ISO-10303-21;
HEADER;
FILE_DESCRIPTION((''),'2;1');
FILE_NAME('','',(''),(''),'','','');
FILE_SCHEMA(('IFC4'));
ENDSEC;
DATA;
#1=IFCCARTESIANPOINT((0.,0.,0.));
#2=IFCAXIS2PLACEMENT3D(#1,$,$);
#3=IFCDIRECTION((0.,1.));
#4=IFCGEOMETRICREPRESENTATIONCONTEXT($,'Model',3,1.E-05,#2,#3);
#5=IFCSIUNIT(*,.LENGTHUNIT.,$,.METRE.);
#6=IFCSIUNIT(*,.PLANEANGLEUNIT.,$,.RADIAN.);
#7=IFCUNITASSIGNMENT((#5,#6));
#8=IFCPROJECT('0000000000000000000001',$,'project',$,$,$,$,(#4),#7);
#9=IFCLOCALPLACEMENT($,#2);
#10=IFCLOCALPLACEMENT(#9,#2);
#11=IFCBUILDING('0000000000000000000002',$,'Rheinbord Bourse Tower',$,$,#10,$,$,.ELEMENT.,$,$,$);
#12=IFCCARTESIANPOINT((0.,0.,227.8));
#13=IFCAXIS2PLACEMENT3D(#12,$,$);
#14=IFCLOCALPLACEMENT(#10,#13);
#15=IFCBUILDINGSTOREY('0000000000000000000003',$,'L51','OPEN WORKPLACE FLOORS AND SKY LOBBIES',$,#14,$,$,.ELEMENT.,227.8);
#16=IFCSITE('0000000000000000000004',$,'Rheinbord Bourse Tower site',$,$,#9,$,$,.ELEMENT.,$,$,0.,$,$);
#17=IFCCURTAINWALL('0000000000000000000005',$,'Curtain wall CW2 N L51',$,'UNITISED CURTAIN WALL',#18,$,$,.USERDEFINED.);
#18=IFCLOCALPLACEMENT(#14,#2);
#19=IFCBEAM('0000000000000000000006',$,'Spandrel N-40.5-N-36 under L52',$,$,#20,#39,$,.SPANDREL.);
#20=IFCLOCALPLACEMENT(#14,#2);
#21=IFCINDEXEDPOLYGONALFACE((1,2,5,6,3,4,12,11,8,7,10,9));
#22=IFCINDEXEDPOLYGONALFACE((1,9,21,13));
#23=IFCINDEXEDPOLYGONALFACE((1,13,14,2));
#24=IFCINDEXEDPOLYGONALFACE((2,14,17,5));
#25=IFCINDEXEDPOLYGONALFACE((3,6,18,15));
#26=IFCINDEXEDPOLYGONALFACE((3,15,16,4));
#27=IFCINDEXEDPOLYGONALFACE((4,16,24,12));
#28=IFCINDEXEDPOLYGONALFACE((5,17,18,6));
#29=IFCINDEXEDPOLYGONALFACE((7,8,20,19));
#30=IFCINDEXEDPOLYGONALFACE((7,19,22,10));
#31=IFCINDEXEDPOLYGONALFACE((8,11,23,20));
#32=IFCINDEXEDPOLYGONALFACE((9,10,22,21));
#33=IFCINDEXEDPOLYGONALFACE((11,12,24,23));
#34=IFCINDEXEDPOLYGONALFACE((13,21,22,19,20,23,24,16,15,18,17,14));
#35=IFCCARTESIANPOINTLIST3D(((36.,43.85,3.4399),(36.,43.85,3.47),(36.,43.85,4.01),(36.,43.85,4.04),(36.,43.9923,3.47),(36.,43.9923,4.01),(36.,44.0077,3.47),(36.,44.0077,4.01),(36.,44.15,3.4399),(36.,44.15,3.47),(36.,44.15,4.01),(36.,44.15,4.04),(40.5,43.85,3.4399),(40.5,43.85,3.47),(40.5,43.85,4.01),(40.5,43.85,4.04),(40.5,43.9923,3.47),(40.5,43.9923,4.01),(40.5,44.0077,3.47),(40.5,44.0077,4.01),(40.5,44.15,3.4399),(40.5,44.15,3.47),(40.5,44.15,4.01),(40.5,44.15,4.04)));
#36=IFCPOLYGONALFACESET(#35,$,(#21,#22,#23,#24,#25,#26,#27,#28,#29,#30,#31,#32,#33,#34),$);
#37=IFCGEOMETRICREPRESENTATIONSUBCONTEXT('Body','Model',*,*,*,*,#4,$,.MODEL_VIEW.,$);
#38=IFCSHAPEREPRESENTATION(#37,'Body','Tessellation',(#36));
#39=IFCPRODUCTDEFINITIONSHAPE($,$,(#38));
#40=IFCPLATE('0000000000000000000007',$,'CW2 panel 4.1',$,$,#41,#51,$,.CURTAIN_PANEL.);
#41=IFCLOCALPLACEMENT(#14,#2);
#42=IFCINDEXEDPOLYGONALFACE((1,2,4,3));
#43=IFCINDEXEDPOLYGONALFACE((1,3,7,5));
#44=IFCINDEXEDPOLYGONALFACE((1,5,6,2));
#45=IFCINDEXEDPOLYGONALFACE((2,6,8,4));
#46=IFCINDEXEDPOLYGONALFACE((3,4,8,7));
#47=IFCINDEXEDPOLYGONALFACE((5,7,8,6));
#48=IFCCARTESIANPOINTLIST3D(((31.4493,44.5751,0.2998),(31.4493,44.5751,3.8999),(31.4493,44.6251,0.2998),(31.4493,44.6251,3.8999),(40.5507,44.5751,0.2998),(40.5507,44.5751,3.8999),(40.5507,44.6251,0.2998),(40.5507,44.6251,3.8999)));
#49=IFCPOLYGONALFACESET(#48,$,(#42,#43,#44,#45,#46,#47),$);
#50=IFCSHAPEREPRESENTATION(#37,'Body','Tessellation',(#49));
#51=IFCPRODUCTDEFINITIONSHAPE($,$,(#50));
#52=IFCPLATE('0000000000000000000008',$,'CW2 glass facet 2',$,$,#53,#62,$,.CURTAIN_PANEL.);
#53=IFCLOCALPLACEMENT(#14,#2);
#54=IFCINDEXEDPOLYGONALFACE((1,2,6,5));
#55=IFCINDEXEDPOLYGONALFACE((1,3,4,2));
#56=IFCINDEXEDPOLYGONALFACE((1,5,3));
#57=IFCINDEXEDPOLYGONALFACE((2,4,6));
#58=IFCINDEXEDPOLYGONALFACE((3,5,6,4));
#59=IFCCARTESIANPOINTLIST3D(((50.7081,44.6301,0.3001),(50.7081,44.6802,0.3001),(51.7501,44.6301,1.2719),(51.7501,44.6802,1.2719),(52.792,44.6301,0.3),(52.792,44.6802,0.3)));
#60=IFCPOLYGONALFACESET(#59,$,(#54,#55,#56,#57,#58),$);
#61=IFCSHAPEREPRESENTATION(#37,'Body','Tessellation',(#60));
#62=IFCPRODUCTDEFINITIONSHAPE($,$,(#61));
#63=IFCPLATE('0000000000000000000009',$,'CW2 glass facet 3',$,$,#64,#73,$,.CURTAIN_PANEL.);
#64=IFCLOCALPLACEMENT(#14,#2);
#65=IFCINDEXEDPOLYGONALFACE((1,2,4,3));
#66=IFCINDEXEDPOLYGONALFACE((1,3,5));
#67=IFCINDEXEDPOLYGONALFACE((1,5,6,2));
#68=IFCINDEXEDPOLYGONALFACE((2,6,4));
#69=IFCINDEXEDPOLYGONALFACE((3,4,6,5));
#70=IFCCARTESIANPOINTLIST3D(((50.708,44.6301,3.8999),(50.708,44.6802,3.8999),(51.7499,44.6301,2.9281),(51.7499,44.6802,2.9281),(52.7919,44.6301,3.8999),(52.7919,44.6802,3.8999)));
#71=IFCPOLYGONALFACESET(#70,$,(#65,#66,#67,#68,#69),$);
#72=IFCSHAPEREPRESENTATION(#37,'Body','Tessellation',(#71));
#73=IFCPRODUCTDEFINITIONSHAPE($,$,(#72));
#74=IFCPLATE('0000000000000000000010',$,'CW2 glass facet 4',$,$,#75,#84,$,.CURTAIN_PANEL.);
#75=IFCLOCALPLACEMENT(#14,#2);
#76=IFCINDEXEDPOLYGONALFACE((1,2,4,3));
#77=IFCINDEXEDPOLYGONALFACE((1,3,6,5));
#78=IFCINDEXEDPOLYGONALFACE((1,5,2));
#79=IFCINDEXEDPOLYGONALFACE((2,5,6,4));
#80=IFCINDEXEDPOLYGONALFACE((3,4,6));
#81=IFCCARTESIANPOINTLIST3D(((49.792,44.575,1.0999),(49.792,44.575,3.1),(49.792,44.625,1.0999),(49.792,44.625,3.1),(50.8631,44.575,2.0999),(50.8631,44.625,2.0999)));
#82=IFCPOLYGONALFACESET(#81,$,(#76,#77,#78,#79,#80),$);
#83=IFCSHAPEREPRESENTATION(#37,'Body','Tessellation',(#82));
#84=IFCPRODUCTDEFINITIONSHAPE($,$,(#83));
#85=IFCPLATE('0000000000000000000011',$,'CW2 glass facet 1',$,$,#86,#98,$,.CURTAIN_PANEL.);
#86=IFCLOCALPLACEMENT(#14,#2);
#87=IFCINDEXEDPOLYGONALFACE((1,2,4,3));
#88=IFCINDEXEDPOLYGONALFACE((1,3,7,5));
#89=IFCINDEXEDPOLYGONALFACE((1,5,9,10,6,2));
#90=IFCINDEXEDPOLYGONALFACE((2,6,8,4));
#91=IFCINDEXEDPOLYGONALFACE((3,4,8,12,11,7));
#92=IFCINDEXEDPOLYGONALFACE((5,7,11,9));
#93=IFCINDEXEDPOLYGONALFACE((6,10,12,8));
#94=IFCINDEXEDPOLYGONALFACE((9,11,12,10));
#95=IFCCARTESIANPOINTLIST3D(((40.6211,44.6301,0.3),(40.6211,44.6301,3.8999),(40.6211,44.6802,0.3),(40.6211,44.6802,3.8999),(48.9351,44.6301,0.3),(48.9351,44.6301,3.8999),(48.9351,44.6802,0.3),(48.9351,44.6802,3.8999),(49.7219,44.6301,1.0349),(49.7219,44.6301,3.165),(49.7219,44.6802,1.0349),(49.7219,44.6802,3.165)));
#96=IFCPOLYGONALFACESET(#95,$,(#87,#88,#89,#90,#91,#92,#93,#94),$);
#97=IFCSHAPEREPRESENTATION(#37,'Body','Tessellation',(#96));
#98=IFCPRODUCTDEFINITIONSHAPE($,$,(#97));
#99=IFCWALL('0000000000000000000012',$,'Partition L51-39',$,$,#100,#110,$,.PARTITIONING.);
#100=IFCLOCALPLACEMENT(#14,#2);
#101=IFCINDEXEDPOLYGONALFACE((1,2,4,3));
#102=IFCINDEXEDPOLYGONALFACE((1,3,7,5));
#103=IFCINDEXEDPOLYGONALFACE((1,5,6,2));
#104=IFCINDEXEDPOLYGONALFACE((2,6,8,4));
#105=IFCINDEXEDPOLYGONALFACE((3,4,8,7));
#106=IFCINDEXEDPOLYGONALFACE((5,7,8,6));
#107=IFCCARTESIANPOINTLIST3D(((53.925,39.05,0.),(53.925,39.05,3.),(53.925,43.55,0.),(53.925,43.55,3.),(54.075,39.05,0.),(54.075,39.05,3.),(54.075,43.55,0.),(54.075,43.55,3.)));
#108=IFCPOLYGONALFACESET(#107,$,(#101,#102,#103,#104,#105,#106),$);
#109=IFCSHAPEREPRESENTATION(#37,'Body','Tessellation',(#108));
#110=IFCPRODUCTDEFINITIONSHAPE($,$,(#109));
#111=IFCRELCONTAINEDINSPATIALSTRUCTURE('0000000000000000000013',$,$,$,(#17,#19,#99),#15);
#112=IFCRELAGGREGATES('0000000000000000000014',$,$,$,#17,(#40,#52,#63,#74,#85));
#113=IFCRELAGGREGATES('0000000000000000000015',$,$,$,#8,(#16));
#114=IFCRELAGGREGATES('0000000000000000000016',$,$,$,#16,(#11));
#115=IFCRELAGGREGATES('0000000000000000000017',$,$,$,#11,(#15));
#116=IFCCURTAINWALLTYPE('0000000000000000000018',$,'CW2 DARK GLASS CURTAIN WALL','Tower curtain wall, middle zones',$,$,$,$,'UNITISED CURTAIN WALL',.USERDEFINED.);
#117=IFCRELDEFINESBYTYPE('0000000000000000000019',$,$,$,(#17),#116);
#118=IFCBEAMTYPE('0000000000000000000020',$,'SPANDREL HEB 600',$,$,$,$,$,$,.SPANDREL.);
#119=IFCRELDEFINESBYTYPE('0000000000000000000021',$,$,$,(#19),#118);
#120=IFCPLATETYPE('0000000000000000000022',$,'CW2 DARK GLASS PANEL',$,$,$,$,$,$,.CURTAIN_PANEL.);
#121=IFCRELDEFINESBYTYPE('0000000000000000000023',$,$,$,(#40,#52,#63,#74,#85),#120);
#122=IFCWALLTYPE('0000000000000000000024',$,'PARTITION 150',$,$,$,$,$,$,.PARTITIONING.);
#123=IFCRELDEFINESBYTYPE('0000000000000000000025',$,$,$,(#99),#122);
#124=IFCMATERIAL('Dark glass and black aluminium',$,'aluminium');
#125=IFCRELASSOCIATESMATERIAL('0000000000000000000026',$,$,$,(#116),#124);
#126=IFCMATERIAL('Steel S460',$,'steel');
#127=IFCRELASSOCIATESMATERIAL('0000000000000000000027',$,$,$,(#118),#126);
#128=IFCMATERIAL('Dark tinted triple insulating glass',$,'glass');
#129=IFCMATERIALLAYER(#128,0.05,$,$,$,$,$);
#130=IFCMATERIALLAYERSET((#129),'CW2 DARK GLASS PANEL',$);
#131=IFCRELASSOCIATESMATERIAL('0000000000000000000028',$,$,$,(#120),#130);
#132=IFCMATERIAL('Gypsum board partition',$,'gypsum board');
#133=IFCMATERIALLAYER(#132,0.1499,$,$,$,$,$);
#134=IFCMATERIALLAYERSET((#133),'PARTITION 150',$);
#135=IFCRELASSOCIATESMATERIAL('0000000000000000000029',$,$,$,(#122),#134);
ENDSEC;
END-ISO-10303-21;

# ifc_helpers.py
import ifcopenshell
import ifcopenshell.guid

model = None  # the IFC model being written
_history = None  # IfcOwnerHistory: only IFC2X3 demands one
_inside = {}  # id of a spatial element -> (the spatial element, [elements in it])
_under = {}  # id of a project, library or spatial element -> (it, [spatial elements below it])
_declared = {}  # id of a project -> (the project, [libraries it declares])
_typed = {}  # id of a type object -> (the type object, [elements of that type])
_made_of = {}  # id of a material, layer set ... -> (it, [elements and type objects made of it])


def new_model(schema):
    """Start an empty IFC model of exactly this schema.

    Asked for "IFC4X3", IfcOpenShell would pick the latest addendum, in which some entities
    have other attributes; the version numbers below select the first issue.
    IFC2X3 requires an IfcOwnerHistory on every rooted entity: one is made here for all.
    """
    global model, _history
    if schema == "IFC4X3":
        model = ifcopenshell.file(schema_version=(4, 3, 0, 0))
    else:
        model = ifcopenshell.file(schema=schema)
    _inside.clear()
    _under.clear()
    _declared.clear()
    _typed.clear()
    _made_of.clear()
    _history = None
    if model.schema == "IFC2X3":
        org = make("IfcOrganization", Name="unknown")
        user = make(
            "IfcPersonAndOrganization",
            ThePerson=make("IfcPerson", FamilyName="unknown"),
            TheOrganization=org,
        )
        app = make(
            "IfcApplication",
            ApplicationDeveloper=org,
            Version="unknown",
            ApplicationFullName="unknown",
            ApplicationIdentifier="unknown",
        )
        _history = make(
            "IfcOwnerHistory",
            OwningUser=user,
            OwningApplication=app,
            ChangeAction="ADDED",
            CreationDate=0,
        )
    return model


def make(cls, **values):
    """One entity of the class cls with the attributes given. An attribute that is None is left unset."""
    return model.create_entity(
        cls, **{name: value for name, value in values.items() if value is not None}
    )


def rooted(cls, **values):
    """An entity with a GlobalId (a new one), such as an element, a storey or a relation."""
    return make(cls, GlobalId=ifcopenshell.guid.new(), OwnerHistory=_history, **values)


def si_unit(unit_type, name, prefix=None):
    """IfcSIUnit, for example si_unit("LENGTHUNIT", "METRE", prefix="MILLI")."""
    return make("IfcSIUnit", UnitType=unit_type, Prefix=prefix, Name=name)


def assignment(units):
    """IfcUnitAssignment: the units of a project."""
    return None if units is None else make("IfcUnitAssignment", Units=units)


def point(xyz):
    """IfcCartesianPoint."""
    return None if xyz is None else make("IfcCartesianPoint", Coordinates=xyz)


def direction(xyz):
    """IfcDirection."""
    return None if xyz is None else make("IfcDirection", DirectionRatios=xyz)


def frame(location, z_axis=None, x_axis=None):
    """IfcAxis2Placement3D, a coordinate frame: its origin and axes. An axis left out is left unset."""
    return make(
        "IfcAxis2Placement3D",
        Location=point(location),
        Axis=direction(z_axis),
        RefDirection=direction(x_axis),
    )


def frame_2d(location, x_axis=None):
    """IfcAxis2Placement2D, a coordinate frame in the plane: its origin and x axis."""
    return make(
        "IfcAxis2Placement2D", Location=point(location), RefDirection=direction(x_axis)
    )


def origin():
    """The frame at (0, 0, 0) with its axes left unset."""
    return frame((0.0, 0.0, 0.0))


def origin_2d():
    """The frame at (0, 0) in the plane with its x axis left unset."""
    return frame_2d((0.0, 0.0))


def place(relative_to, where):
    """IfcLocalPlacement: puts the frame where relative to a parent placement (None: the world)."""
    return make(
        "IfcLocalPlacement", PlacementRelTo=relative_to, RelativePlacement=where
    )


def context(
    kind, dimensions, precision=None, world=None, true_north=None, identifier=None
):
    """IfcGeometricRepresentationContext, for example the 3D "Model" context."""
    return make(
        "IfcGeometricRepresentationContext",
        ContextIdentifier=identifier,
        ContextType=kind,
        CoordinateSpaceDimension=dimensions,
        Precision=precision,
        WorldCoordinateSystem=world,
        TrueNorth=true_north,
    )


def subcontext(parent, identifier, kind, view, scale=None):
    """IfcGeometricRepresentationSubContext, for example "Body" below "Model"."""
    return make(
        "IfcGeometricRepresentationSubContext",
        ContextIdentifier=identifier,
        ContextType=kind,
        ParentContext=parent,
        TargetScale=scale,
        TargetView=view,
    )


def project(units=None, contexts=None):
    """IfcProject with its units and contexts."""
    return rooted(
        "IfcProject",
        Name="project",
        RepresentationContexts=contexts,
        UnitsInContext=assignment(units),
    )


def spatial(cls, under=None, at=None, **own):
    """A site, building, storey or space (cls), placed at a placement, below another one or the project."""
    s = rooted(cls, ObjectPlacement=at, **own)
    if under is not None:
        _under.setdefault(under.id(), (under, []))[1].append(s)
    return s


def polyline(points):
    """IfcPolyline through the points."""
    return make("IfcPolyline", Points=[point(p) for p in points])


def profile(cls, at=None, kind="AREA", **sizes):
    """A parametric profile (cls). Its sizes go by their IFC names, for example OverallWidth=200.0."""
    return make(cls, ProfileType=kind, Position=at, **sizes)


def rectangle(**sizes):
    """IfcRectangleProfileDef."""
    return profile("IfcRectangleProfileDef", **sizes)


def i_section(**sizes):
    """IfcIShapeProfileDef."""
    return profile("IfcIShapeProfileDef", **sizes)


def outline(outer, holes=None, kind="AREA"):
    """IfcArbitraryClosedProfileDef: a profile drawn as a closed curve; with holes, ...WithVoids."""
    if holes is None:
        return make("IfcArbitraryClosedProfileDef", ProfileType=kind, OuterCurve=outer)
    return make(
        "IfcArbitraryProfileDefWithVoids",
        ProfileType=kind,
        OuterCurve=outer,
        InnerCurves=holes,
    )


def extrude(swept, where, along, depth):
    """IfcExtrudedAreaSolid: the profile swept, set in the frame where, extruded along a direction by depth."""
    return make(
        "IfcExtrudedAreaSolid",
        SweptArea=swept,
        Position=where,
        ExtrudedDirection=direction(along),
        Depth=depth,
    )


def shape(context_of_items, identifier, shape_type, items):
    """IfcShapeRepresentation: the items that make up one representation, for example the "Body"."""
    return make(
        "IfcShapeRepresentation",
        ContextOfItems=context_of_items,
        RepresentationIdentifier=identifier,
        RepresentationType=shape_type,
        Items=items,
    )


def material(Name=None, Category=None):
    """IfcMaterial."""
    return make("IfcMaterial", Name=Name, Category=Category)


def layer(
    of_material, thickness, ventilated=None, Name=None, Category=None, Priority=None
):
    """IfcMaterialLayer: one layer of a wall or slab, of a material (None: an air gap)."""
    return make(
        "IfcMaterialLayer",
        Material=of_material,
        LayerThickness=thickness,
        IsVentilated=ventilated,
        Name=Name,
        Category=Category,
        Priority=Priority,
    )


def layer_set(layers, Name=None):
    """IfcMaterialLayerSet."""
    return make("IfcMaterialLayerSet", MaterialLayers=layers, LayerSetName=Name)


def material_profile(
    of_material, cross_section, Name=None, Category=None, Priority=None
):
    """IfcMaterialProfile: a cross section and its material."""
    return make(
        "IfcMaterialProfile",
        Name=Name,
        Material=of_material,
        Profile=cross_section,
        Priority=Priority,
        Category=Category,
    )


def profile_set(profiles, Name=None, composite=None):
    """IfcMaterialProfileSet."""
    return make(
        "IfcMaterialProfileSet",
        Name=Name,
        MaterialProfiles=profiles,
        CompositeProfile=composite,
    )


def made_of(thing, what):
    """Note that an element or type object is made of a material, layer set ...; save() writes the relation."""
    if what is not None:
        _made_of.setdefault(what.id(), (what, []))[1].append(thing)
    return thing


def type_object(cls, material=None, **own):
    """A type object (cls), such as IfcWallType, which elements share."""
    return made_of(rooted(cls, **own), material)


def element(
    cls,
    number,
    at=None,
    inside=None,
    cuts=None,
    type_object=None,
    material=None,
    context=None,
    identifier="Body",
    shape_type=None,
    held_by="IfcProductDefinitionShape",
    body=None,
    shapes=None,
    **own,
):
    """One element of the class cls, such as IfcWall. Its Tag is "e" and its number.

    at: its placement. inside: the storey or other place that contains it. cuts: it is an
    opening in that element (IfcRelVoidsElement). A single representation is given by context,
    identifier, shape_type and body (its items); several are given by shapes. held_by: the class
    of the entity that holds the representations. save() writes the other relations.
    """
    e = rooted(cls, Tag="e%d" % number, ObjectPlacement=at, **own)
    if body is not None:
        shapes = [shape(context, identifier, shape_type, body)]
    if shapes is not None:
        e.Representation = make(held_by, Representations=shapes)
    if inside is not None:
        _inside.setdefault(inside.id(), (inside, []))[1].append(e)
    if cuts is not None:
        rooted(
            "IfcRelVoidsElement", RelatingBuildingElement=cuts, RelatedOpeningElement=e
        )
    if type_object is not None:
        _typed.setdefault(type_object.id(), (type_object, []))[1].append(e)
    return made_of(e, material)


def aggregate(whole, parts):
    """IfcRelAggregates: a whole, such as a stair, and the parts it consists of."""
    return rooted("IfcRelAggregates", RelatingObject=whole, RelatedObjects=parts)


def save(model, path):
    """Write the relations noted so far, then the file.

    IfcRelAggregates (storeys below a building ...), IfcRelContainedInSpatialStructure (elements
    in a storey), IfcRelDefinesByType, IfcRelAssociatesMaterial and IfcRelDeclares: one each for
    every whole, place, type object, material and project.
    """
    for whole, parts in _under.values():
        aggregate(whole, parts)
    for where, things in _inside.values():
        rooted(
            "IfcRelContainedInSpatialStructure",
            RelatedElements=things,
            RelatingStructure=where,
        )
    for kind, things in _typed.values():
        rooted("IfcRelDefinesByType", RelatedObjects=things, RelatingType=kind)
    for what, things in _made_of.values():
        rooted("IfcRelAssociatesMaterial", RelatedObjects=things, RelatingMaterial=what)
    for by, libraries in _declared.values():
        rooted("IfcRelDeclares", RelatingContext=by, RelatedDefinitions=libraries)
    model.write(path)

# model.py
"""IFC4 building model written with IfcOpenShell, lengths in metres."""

from ifc_helpers import new_model, si_unit, direction, frame, frame_2d, origin, origin_2d, place, context, subcontext, project, spatial, polyline, rectangle, i_section, outline, extrude, material, layer, layer_set, material_profile, profile_set, type_object, element, aggregate, save


model = new_model("IFC4")

# Units and contexts
model_context = context("Model", 3, precision=1e-05, world=origin(), true_north=direction((0.0, 1.0)))
body_context = subcontext(model_context, "Body", "Model", "MODEL_VIEW")
ifc_project = project(units=[si_unit("LENGTHUNIT", "METRE"), si_unit("PLANEANGLEUNIT", "RADIAN")], contexts=[model_context])

# Site, building, storey
site_placement = place(None, origin())
site = spatial("IfcSite", under=ifc_project, at=site_placement, Name="Rheinbord Bourse Tower site", CompositionType="ELEMENT", RefElevation=0.0)
building_placement = place(site_placement, origin())
building = spatial("IfcBuilding", under=site, at=building_placement, Name="Rheinbord Bourse Tower", CompositionType="ELEMENT")
storey_placement = place(building_placement, frame((0.0, 0.0, 227.8)))
storey = spatial("IfcBuildingStorey", under=building, at=storey_placement, Name="L51", Description="OPEN WORKPLACE FLOORS AND SKY LOBBIES", CompositionType="ELEMENT", Elevation=227.8)

# Curtain wall
ifc_material_1 = material(Name="Dark glass and black aluminium", Category="aluminium")
curtain_wall_type = type_object("IfcCurtainWallType", Name="CW2 DARK GLASS CURTAIN WALL", Description="Tower curtain wall, middle zones", ElementType="UNITISED CURTAIN WALL", PredefinedType="USERDEFINED", material=ifc_material_1)
curtain_wall_placement = place(storey_placement, origin())
curtain_wall = element("IfcCurtainWall", 1, at=curtain_wall_placement, inside=storey, type_object=curtain_wall_type, Name="Curtain wall CW2 N L51", ObjectType="UNITISED CURTAIN WALL", PredefinedType="USERDEFINED")

# Beam
ifc_material_2 = material(Name="Steel S460", Category="steel")
ifc_material_profile_1 = material_profile(ifc_material_2, i_section(OverallWidth=0.3, OverallDepth=0.6001, WebThickness=0.0154, FlangeThickness=0.03, at=origin_2d()), Name="HEB 600")
ifc_profile_set_1 = profile_set([ifc_material_profile_1], Name="Steel S460")
beam_type_1 = type_object("IfcBeamType", Name="SPANDREL HEB 600", PredefinedType="SPANDREL", material=ifc_profile_set_1)
for number, where, z_axis, x_axis, name in (
    (2, (40.5, 44.0, 3.74), (-1.0, 0.0, 0.0), (0.0, -1.0, 0.0), "Spandrel N-40.5-N-36 under L52"),
):
    element("IfcBeam", number, at=place(storey_placement, frame(where, z_axis=z_axis, x_axis=x_axis)), inside=storey, type_object=beam_type_1, Name=name, PredefinedType="SPANDREL", context=body_context, shape_type="SweptSolid", body=[
        extrude(i_section(OverallWidth=0.3, OverallDepth=0.6001, WebThickness=0.0154, FlangeThickness=0.03, at=origin_2d()), origin(), (0.0, 0.0, 1.0), 4.5),
    ])

# Plates
ifc_material_3 = material(Name="Dark tinted triple insulating glass", Category="glass")
ifc_layer_1 = layer(ifc_material_3, 0.05)
ifc_layer_set_1 = layer_set([ifc_layer_1], Name="CW2 DARK GLASS PANEL")
plate_type = type_object("IfcPlateType", Name="CW2 DARK GLASS PANEL", PredefinedType="CURTAIN_PANEL", material=ifc_layer_set_1)
plate_1_placement = place(storey_placement, frame((36.0, 44.6001, 0.2998), z_axis=(0.0, 0.0, 1.0), x_axis=(-1.0, 0.0, 0.0)))
plate_1 = element("IfcPlate", 3, at=plate_1_placement, type_object=plate_type, Name="CW2 panel 4.1", PredefinedType="CURTAIN_PANEL", context=body_context, shape_type="SweptSolid", body=[
    extrude(rectangle(XDim=9.1013, YDim=0.05, at=origin_2d()), origin(), (0.0, 0.0, 1.0), 3.6001),
])
plate_2_placement = place(storey_placement, frame((52.792, 44.6802, 0.3), z_axis=(0.0, -1.0, 0.0), x_axis=(-0.731266, 0.0, 0.682092)))
plate_2 = element("IfcPlate", 4, at=plate_2_placement, type_object=plate_type, Name="CW2 glass facet 2", PredefinedType="CURTAIN_PANEL", context=body_context, shape_type="SweptSolid", body=[
    extrude(outline(polyline([(0.0, 0.0), (1.4248, 0.0), (1.5239, 1.4214), (0.0, 0.0)])), origin(), (0.0, 0.0, 1.0), 0.05),
])
plate_3_placement = place(storey_placement, frame((50.708, 44.6802, 3.8999), z_axis=(0.0, -1.0, 0.0), x_axis=(0.731266, 0.0, -0.682092)))
plate_3 = element("IfcPlate", 5, at=plate_3_placement, type_object=plate_type, Name="CW2 glass facet 3", PredefinedType="CURTAIN_PANEL", context=body_context, shape_type="SweptSolid", body=[
    extrude(outline(polyline([(0.0, 0.0), (1.4248, 0.0), (1.5239, 1.4214), (0.0, 0.0)])), origin(), (0.0, 0.0, 1.0), 0.05),
])
plate_4_placement = place(storey_placement, frame((49.792, 44.625, 1.0999), z_axis=(0.0, -1.0, 0.0), x_axis=(0.730933, 0.0, 0.682449)))
plate_4 = element("IfcPlate", 6, at=plate_4_placement, type_object=plate_type, Name="CW2 glass facet 4", PredefinedType="CURTAIN_PANEL", context=body_context, shape_type="SweptSolid", body=[
    extrude(outline(polyline([(0.0, 0.0), (1.4653, 0.0), (1.365, 1.4619), (0.0, 0.0)])), origin(), (0.0, 0.0, 1.0), 0.05),
])
plate_5_placement = place(storey_placement, frame((40.6211, 44.6802, 3.8999), z_axis=(0.0, -1.0, 0.0), x_axis=(0.0, 0.0, -1.0)))
plate_5 = element("IfcPlate", 7, at=plate_5_placement, type_object=plate_type, Name="CW2 glass facet 1", PredefinedType="CURTAIN_PANEL", context=body_context, shape_type="SweptSolid", body=[
    extrude(outline(polyline([(0.0, 0.0), (3.5999, 0.0), (3.5999, 8.314), (2.865, 9.1008), (0.7349, 9.1008), (0.0, 8.314), (0.0, 0.0)])), origin(), (0.0, 0.0, 1.0), 0.05),
])
aggregate(curtain_wall, [plate_1, plate_2, plate_3, plate_4, plate_5])

# Wall
ifc_material_4 = material(Name="Gypsum board partition", Category="gypsum board")
ifc_layer_2 = layer(ifc_material_4, 0.1499)
ifc_layer_set_2 = layer_set([ifc_layer_2], Name="PARTITION 150")
wall_type = type_object("IfcWallType", Name="PARTITION 150", PredefinedType="PARTITIONING", material=ifc_layer_set_2)
wall_placement = place(storey_placement, frame((54.0, 39.05, 0.0), z_axis=(0.0, 0.0, 1.0), x_axis=(0.0, 1.0, 0.0)))
element("IfcWall", 8, at=wall_placement, inside=storey, type_object=wall_type, Name="Partition L51-39", PredefinedType="PARTITIONING", context=body_context, shape_type="SweptSolid", body=[
    extrude(rectangle(XDim=4.5, YDim=0.1499, at=frame_2d((2.25, 0.0))), origin(), (0.0, 0.0, 1.0), 3.0),
])

save(model, "model.ifc")
